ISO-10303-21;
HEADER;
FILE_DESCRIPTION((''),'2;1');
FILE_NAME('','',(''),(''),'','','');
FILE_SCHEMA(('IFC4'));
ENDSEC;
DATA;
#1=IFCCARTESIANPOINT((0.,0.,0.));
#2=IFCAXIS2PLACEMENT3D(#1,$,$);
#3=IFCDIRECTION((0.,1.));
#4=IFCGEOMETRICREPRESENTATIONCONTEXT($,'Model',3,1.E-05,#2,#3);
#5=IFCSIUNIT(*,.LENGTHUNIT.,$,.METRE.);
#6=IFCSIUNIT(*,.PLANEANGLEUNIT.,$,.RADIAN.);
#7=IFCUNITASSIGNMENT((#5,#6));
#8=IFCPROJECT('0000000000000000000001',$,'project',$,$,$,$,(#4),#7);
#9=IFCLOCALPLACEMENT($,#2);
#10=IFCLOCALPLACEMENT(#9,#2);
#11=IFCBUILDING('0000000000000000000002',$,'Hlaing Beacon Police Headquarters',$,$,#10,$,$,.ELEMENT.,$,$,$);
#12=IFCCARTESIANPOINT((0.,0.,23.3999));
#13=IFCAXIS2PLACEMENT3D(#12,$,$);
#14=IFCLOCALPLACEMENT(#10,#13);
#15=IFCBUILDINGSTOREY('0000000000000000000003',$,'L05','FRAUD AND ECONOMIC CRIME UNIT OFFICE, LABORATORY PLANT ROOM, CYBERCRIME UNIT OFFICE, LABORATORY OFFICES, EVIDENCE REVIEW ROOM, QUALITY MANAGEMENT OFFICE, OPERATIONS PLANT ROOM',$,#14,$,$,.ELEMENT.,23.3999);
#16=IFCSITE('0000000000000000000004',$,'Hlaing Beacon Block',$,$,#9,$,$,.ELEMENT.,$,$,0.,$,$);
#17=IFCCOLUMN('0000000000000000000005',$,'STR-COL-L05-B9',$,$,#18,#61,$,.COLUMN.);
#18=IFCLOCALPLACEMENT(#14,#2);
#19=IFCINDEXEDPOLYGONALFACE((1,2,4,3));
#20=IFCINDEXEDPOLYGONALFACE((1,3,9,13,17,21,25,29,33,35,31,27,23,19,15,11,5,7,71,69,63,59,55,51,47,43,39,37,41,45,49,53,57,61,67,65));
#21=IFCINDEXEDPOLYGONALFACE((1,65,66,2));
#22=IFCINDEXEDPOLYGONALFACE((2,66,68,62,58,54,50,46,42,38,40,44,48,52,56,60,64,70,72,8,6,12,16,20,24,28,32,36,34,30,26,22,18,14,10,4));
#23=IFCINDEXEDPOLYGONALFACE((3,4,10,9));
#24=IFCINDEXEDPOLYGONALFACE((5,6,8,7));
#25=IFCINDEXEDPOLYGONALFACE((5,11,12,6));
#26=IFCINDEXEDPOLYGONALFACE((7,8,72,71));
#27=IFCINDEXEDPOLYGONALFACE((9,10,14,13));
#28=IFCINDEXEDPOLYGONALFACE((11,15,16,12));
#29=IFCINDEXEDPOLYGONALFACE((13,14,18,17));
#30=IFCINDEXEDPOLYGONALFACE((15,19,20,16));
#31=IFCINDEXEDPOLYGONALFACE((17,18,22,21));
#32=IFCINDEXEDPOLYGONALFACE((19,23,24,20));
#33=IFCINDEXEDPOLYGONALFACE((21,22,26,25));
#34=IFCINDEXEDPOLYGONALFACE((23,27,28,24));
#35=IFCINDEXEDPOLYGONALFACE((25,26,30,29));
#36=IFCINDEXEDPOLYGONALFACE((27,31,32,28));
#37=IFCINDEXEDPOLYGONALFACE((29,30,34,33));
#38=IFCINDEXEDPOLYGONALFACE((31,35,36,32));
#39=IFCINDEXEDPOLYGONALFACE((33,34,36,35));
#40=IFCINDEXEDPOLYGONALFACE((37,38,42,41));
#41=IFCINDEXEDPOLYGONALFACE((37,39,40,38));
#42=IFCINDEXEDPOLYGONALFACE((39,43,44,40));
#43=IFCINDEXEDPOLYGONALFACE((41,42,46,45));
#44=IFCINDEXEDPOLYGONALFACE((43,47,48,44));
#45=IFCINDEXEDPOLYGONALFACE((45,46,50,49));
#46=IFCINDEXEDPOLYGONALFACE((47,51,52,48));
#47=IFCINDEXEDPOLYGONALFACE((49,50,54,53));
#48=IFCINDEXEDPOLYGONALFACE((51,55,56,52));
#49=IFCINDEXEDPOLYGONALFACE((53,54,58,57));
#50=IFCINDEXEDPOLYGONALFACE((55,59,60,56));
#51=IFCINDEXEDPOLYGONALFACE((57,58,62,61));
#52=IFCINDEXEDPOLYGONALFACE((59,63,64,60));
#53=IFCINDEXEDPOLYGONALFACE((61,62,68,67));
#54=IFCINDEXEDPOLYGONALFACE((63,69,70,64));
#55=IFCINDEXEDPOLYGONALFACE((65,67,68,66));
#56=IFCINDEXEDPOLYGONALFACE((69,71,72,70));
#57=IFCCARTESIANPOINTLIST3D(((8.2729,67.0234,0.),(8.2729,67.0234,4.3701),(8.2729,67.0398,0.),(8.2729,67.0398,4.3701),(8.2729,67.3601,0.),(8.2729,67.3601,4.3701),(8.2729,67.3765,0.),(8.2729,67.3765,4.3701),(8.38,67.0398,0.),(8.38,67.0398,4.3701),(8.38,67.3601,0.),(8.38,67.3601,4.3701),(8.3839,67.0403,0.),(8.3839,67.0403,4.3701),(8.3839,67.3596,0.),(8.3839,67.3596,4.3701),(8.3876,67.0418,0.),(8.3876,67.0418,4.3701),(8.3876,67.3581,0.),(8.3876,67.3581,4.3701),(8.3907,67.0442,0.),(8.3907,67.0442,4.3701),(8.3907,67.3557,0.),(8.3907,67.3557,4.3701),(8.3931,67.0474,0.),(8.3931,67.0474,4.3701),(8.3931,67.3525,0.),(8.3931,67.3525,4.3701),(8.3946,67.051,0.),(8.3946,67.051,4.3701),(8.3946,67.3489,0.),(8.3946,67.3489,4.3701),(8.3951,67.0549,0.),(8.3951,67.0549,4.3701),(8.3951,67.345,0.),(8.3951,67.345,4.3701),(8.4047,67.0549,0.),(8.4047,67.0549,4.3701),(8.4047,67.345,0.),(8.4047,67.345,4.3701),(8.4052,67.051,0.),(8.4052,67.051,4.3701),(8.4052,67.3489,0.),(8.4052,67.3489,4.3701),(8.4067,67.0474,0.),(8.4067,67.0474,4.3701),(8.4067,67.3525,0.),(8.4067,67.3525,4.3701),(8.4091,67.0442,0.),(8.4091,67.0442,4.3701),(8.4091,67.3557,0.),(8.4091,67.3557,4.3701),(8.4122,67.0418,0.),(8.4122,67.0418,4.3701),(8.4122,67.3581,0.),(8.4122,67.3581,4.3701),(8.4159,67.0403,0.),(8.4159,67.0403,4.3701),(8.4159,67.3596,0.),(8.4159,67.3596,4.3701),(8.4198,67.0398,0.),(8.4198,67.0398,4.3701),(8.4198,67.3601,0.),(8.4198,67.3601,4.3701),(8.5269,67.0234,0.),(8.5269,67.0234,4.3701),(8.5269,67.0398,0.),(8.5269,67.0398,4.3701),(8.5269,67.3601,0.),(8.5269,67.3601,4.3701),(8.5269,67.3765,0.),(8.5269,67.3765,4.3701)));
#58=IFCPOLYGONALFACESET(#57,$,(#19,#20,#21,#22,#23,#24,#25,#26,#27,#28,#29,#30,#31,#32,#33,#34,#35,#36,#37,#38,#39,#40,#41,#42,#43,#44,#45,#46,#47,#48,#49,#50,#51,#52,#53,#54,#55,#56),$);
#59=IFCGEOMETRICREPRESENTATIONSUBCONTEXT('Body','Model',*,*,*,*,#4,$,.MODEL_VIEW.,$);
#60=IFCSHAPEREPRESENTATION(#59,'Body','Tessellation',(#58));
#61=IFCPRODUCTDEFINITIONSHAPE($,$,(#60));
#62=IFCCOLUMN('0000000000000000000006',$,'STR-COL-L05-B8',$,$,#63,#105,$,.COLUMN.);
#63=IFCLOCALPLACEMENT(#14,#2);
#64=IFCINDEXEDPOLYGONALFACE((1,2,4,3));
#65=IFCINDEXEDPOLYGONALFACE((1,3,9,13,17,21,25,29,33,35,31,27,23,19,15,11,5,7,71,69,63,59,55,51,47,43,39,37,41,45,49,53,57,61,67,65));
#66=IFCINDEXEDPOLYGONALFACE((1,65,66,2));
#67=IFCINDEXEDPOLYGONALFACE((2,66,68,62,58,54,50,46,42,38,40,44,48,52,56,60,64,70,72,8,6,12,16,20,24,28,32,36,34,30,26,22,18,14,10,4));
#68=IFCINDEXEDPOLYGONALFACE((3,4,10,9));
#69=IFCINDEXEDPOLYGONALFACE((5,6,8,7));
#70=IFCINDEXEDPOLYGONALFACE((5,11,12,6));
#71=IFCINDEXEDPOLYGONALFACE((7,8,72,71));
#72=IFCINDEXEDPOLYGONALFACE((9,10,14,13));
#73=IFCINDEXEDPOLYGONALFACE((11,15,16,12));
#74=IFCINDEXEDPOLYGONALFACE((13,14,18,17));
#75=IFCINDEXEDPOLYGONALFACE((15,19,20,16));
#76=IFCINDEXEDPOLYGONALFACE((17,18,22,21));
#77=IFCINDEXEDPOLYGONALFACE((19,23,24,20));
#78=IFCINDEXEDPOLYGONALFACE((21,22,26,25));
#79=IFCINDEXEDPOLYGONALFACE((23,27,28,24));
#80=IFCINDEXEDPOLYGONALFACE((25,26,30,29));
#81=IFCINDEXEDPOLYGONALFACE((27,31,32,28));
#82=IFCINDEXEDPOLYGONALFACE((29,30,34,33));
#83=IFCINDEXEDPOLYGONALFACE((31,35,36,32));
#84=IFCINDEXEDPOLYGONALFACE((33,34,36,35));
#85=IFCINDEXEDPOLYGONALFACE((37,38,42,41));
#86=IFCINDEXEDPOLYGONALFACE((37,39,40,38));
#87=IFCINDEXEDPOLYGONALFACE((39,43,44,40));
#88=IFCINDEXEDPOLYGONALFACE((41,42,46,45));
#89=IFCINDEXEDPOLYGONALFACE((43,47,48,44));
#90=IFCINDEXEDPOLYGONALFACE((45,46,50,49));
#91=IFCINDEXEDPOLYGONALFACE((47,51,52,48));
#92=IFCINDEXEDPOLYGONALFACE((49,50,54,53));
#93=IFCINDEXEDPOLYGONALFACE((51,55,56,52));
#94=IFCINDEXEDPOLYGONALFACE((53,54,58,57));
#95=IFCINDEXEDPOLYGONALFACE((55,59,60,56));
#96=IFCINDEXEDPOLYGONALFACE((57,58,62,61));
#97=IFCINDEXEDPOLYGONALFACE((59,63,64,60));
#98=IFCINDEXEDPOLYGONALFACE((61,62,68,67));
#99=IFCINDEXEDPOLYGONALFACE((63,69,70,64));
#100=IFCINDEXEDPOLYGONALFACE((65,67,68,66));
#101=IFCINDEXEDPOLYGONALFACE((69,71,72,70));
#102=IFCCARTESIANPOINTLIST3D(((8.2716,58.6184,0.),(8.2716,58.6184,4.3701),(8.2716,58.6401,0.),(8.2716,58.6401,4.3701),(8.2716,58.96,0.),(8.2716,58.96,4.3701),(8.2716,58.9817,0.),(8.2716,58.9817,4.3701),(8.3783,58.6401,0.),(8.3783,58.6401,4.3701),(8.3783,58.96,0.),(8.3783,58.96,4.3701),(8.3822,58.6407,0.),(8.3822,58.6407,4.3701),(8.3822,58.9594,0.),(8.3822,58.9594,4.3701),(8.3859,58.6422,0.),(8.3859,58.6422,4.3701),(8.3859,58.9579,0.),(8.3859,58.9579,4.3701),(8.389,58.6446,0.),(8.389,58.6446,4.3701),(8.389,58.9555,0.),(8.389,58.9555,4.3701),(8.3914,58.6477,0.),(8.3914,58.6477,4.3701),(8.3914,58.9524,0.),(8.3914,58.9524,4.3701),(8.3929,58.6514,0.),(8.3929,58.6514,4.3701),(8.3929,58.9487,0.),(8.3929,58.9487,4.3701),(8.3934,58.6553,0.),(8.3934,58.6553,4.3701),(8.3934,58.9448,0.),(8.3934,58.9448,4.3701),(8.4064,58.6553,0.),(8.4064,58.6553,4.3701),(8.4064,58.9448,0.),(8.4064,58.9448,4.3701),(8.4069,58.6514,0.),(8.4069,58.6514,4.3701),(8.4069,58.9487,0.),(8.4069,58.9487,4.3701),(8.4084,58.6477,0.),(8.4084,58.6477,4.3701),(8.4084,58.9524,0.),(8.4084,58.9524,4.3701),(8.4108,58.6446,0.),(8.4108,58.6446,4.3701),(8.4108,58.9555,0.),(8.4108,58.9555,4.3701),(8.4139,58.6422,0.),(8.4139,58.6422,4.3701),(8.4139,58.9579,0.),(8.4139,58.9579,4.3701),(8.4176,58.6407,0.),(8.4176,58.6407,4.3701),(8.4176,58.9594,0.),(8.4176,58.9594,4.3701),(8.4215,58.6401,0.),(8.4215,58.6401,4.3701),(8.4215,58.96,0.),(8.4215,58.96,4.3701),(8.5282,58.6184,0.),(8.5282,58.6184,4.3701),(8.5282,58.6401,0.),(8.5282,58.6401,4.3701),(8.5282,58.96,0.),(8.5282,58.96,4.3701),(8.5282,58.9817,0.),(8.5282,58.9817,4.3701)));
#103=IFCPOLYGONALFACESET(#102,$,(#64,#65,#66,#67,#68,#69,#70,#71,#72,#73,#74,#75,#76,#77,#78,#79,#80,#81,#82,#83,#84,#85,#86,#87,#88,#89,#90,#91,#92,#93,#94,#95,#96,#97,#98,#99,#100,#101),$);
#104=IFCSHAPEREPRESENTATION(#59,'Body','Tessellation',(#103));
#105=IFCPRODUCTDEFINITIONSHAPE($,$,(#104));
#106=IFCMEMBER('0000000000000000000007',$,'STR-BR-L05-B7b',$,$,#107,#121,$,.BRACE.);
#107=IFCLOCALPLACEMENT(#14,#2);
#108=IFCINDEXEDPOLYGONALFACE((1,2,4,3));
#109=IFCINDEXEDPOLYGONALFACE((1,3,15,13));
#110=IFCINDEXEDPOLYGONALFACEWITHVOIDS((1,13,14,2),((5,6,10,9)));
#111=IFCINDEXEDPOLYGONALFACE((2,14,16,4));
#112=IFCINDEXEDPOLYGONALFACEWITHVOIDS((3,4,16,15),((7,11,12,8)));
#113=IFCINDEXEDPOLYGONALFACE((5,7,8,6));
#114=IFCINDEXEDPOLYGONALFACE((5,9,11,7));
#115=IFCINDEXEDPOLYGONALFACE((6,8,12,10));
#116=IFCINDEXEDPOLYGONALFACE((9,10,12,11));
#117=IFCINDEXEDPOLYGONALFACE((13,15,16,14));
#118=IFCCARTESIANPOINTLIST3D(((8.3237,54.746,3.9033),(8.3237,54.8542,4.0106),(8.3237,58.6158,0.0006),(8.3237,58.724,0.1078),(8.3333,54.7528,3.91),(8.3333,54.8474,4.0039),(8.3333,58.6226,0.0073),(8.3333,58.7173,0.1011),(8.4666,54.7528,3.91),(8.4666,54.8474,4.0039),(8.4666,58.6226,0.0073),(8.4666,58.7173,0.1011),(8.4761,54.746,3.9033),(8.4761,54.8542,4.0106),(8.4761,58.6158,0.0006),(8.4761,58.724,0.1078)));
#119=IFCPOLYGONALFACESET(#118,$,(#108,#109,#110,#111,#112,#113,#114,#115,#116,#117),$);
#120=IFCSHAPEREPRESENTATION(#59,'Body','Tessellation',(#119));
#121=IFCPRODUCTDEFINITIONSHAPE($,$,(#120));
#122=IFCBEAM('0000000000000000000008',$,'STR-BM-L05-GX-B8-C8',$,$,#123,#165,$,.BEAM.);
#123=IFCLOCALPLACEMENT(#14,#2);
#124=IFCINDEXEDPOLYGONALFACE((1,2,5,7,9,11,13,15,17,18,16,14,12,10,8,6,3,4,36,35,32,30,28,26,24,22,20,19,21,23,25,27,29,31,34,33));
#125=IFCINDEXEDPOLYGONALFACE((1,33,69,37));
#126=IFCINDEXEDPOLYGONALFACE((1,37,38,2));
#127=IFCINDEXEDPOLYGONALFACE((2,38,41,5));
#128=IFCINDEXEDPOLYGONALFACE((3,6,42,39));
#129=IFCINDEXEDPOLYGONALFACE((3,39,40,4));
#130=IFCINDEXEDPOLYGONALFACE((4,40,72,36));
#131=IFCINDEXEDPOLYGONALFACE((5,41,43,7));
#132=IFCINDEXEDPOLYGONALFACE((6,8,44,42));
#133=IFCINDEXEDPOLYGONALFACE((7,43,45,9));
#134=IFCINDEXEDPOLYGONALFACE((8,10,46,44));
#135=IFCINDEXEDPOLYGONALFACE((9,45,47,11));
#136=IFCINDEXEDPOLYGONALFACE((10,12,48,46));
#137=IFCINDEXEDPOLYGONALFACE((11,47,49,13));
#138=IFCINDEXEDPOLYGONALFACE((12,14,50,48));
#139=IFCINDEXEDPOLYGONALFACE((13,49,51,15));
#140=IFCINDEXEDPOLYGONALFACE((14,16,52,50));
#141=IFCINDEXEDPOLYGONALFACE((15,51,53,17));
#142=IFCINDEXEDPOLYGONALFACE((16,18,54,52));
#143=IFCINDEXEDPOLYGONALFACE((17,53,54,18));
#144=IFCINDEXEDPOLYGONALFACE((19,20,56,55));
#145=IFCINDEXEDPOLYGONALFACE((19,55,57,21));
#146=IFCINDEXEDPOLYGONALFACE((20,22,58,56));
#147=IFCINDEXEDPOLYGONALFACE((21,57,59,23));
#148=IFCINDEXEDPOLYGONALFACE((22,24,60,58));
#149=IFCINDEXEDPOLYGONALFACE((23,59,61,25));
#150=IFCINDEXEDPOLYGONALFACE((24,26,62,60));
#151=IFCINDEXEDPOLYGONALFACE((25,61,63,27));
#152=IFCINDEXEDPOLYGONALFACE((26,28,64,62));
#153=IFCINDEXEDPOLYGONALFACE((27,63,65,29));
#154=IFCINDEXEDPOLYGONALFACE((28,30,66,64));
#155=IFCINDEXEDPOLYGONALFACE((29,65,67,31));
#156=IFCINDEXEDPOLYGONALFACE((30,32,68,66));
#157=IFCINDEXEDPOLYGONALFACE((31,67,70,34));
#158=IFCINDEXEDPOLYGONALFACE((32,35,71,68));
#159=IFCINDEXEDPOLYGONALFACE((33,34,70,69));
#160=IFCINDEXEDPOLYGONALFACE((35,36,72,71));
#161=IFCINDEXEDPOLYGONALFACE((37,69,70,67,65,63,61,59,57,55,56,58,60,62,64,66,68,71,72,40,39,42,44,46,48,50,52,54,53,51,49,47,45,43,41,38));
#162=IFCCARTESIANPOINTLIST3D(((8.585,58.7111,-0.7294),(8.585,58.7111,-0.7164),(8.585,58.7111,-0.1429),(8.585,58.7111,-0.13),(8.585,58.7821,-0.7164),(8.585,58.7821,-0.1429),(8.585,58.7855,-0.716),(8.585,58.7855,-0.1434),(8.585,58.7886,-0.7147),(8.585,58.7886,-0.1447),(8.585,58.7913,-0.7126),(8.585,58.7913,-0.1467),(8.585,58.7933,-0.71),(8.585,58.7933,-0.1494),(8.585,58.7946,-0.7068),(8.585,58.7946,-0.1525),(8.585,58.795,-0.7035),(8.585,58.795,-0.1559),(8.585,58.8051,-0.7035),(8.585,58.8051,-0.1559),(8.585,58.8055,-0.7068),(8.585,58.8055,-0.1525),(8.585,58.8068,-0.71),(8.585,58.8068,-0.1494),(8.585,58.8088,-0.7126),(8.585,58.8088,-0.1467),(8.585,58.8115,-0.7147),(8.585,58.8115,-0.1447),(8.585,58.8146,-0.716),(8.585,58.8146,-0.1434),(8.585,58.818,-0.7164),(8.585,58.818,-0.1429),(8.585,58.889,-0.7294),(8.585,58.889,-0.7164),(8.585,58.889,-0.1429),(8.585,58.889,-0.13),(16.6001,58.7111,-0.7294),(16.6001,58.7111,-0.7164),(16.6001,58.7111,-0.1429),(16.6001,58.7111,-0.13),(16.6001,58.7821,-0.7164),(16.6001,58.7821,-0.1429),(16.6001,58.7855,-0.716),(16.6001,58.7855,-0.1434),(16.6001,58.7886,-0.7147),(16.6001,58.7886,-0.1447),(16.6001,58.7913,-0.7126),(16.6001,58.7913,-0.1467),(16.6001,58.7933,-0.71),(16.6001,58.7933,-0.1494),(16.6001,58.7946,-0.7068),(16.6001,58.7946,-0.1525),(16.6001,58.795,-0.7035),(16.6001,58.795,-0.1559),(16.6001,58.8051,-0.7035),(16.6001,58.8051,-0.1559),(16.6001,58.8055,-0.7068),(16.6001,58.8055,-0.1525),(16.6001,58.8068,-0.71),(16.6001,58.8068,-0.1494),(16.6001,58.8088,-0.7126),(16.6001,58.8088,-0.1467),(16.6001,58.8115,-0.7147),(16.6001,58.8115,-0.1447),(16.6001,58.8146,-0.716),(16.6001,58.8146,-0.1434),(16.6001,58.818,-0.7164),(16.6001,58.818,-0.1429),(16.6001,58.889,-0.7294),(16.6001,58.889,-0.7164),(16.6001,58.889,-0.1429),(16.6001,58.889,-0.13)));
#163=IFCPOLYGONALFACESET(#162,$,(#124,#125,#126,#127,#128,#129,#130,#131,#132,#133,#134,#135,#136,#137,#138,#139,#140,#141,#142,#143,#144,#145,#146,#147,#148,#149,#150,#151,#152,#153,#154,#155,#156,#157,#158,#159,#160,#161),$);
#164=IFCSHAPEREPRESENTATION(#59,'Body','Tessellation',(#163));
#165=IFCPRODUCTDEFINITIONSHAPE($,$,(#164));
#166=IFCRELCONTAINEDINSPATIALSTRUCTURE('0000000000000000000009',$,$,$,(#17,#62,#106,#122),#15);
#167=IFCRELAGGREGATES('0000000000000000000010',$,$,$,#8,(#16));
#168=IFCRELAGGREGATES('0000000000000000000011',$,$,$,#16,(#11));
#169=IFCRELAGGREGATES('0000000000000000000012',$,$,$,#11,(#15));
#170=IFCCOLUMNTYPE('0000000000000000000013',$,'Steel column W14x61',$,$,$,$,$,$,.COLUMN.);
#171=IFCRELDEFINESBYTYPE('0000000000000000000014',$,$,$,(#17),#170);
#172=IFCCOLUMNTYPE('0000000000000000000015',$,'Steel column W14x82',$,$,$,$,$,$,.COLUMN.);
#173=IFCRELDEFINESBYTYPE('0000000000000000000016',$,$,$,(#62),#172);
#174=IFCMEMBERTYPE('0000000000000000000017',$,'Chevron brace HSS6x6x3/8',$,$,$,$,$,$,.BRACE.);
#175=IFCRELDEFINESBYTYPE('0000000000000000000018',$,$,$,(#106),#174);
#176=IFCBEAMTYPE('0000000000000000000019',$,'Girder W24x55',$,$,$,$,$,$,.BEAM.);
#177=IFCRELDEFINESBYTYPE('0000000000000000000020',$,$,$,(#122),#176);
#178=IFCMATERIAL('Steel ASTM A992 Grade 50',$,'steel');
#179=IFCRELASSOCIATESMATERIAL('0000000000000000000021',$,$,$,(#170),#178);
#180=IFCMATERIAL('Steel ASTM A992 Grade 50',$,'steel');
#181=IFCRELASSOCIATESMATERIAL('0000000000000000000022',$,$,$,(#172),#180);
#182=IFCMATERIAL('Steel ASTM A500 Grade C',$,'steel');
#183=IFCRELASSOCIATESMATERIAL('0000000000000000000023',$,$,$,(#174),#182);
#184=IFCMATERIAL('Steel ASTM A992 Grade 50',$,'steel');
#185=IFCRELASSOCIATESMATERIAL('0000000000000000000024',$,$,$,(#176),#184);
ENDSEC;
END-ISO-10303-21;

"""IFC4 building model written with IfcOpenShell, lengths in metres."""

from ifc_helpers import new_model, si_unit, direction, frame, origin, origin_2d, place, context, subcontext, project, spatial, hollow_rectangle, i_section, extrude, material, material_profile, profile_set, type_object, element, save


model = new_model("IFC4")

# Units and contexts
model_context = context("Model", 3, precision=1e-05, world=origin(), true_north=direction((0.0, 1.0)))
body_context = subcontext(model_context, "Body", "Model", "MODEL_VIEW")
ifc_project = project(units=[si_unit("LENGTHUNIT", "METRE"), si_unit("PLANEANGLEUNIT", "RADIAN")], contexts=[model_context])

# Site, building, storey
site_placement = place(None, origin())
site = spatial("IfcSite", under=ifc_project, at=site_placement, Name="Hlaing Beacon Block", CompositionType="ELEMENT", RefElevation=0.0)
building_placement = place(site_placement, origin())
building = spatial("IfcBuilding", under=site, at=building_placement, Name="Hlaing Beacon Police Headquarters", CompositionType="ELEMENT")
storey_placement = place(building_placement, frame((0.0, 0.0, 23.3999)))
storey = spatial("IfcBuildingStorey", under=building, at=storey_placement, Name="L05", Description="FRAUD AND ECONOMIC CRIME UNIT OFFICE, LABORATORY PLANT ROOM, CYBERCRIME UNIT OFFICE, LABORATORY OFFICES, EVIDENCE REVIEW ROOM, QUALITY MANAGEMENT OFFICE, OPERATIONS PLANT ROOM", CompositionType="ELEMENT", Elevation=23.3999)

# Columns
ifc_material_1 = material(Name="Steel ASTM A992 Grade 50", Category="steel")
ifc_material_profile_1 = material_profile(ifc_material_1, i_section(OverallWidth=0.2539, OverallDepth=0.353, WebThickness=0.0095, FlangeThickness=0.0164, FilletRadius=0.0151, at=origin_2d()), Name="W14x61")
ifc_profile_set_1 = profile_set([ifc_material_profile_1], Name="Steel ASTM A992 Grade 50")
column_type_1 = type_object("IfcColumnType", Name="Steel column W14x61", PredefinedType="COLUMN", material=ifc_profile_set_1)
column_1_placement = place(storey_placement, frame((8.3999, 67.2, 0.0), z_axis=(0.0, 0.0, 1.0), x_axis=(1.0, 0.0, 0.0)))
element("IfcColumn", 1, at=column_1_placement, inside=storey, type_object=column_type_1, Name="STR-COL-L05-B9", PredefinedType="COLUMN", context=body_context, shape_type="SweptSolid", body=[
    extrude(i_section(OverallWidth=0.2539, OverallDepth=0.353, WebThickness=0.0095, FlangeThickness=0.0164, FilletRadius=0.0151, at=origin_2d()), origin(), (0.0, 0.0, 1.0), 4.3701),
])
ifc_material_2 = material(Name="Steel ASTM A992 Grade 50", Category="steel")
ifc_material_profile_2 = material_profile(ifc_material_2, i_section(OverallWidth=0.2566, OverallDepth=0.3633, WebThickness=0.0129, FlangeThickness=0.0217, FilletRadius=0.0151, at=origin_2d()), Name="W14x82")
ifc_profile_set_2 = profile_set([ifc_material_profile_2], Name="Steel ASTM A992 Grade 50")
column_type_2 = type_object("IfcColumnType", Name="Steel column W14x82", PredefinedType="COLUMN", material=ifc_profile_set_2)
column_2_placement = place(storey_placement, frame((8.3999, 58.8, 0.0), z_axis=(0.0, 0.0, 1.0), x_axis=(1.0, 0.0, 0.0)))
element("IfcColumn", 2, at=column_2_placement, inside=storey, type_object=column_type_2, Name="STR-COL-L05-B8", PredefinedType="COLUMN", context=body_context, shape_type="SweptSolid", body=[
    extrude(i_section(OverallWidth=0.2566, OverallDepth=0.3633, WebThickness=0.0129, FlangeThickness=0.0217, FilletRadius=0.0151, at=origin_2d()), origin(), (0.0, 0.0, 1.0), 4.3701),
])

# Member
ifc_material_3 = material(Name="Steel ASTM A500 Grade C", Category="steel")
ifc_material_profile_3 = material_profile(ifc_material_3, hollow_rectangle(XDim=0.1523, YDim=0.1523, WallThickness=0.0095, at=origin_2d()), Name="HSS6x6x3/8")
ifc_profile_set_3 = profile_set([ifc_material_profile_3], Name="Steel ASTM A500 Grade C")
member_type = type_object("IfcMemberType", Name="Chevron brace HSS6x6x3/8", PredefinedType="BRACE", material=ifc_profile_set_3)
member_placement = place(storey_placement, frame((8.3999, 58.6699, 0.0542), z_axis=(0.0, -0.704102, 0.710099), x_axis=(1.0, 0.0, 0.0)))
element("IfcMember", 3, at=member_placement, inside=storey, type_object=member_type, Name="STR-BR-L05-B7b", PredefinedType="BRACE", context=body_context, shape_type="SweptSolid", body=[
    extrude(hollow_rectangle(XDim=0.1523, YDim=0.1523, WallThickness=0.0095, at=origin_2d()), origin(), (0.0, 0.0, 1.0), 5.4961),
])

# Beam
ifc_material_4 = material(Name="Steel ASTM A992 Grade 50", Category="steel")
ifc_material_profile_4 = material_profile(ifc_material_4, i_section(OverallWidth=0.178, OverallDepth=0.5994, WebThickness=0.01, FlangeThickness=0.0129, FilletRadius=0.0129, at=origin_2d()), Name="W24x55")
ifc_profile_set_4 = profile_set([ifc_material_profile_4], Name="Steel ASTM A992 Grade 50")
beam_type_1 = type_object("IfcBeamType", Name="Girder W24x55", PredefinedType="BEAM", material=ifc_profile_set_4)
beam_1_placement = place(storey_placement, frame((8.585, 58.8, -0.4297), z_axis=(1.0, 0.0, 0.0), x_axis=(0.0, 1.0, 0.0)))
element("IfcBeam", 4, at=beam_1_placement, inside=storey, type_object=beam_type_1, Name="STR-BM-L05-GX-B8-C8", PredefinedType="BEAM", context=body_context, shape_type="SweptSolid", body=[
    extrude(i_section(OverallWidth=0.178, OverallDepth=0.5994, WebThickness=0.01, FlangeThickness=0.0129, FilletRadius=0.0129, at=origin_2d()), origin(), (0.0, 0.0, 1.0), 8.0151),
])

save(model, "model.ifc")
